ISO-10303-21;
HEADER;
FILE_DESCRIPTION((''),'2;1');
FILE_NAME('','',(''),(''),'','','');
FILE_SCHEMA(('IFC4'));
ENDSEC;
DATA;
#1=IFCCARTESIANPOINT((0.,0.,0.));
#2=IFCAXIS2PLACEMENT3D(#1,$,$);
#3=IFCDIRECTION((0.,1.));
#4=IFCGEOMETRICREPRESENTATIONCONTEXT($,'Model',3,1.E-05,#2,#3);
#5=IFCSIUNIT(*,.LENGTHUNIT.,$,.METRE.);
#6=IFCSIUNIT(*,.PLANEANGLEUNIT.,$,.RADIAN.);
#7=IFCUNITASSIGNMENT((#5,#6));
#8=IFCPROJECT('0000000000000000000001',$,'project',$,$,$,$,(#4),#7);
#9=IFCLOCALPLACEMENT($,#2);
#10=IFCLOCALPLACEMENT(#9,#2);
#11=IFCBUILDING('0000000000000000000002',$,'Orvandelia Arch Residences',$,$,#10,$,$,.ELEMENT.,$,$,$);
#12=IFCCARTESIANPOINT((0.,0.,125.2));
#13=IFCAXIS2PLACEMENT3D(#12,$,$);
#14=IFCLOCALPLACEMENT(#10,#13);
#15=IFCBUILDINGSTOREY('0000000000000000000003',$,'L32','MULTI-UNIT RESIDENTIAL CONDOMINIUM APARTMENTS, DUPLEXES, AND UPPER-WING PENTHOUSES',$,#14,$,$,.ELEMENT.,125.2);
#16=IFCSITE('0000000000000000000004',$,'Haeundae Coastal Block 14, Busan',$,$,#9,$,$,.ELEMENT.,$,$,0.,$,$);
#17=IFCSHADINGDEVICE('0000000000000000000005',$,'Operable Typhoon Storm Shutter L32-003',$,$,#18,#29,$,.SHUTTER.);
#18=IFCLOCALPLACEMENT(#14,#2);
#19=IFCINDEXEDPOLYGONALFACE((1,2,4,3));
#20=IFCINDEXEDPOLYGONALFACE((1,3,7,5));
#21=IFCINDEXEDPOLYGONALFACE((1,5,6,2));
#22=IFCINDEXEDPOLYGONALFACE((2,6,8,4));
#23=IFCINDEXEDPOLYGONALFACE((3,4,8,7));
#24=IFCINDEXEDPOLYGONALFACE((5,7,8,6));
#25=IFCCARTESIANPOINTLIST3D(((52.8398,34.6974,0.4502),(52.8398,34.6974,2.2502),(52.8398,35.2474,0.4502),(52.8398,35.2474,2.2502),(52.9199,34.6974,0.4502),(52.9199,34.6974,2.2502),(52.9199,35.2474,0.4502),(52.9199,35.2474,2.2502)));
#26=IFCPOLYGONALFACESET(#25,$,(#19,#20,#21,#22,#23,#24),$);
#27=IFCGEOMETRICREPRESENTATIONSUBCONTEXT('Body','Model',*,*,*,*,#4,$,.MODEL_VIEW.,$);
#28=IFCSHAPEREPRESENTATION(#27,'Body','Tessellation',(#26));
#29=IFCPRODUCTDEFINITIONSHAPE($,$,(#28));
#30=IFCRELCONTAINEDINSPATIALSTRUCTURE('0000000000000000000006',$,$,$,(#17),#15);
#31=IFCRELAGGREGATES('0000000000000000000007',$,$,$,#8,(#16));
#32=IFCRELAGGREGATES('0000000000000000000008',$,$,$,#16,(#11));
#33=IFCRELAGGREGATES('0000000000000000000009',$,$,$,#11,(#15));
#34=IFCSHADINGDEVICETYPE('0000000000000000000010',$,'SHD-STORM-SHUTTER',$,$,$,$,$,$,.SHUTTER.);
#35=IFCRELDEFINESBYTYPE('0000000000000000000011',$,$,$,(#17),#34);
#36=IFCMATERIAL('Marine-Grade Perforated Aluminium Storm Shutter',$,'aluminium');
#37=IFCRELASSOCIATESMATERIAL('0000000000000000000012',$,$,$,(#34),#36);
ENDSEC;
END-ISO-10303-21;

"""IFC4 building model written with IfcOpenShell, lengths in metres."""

from ifc_helpers import new_model, si_unit, direction, frame, origin, origin_2d, place, context, subcontext, project, spatial, rectangle, extrude, material, type_object, element, save


model = new_model("IFC4")

# Units and contexts
model_context = context("Model", 3, precision=1e-05, world=origin(), true_north=direction((0.0, 1.0)))
body_context = subcontext(model_context, "Body", "Model", "MODEL_VIEW")
ifc_project = project(units=[si_unit("LENGTHUNIT", "METRE"), si_unit("PLANEANGLEUNIT", "RADIAN")], contexts=[model_context])

# Site, building, storey
site_placement = place(None, origin())
site = spatial("IfcSite", under=ifc_project, at=site_placement, Name="Haeundae Coastal Block 14, Busan", CompositionType="ELEMENT", RefElevation=0.0)
building_placement = place(site_placement, origin())
building = spatial("IfcBuilding", under=site, at=building_placement, Name="Orvandelia Arch Residences", CompositionType="ELEMENT")
storey_placement = place(building_placement, frame((0.0, 0.0, 125.2)))
storey = spatial("IfcBuildingStorey", under=building, at=storey_placement, Name="L32", Description="MULTI-UNIT RESIDENTIAL CONDOMINIUM APARTMENTS, DUPLEXES, AND UPPER-WING PENTHOUSES", CompositionType="ELEMENT", Elevation=125.2)

# Shading device
ifc_material_1 = material(Name="Marine-Grade Perforated Aluminium Storm Shutter", Category="aluminium")
shading_device_type_1 = type_object("IfcShadingDeviceType", Name="SHD-STORM-SHUTTER", PredefinedType="SHUTTER", material=ifc_material_1)
shading_device_1_placement = place(storey_placement, frame((52.8799, 34.9724, 0.4502), z_axis=(0.0, 0.0, 1.0), x_axis=(0.0, -1.0, 0.0)))
element("IfcShadingDevice", 1, at=shading_device_1_placement, inside=storey, type_object=shading_device_type_1, Name="Operable Typhoon Storm Shutter L32-003", PredefinedType="SHUTTER", context=body_context, shape_type="SweptSolid", body=[
    extrude(rectangle(XDim=0.55, YDim=0.0801, at=origin_2d()), origin(), (0.0, 0.0, 1.0), 1.8),
])

save(model, "model.ifc")
